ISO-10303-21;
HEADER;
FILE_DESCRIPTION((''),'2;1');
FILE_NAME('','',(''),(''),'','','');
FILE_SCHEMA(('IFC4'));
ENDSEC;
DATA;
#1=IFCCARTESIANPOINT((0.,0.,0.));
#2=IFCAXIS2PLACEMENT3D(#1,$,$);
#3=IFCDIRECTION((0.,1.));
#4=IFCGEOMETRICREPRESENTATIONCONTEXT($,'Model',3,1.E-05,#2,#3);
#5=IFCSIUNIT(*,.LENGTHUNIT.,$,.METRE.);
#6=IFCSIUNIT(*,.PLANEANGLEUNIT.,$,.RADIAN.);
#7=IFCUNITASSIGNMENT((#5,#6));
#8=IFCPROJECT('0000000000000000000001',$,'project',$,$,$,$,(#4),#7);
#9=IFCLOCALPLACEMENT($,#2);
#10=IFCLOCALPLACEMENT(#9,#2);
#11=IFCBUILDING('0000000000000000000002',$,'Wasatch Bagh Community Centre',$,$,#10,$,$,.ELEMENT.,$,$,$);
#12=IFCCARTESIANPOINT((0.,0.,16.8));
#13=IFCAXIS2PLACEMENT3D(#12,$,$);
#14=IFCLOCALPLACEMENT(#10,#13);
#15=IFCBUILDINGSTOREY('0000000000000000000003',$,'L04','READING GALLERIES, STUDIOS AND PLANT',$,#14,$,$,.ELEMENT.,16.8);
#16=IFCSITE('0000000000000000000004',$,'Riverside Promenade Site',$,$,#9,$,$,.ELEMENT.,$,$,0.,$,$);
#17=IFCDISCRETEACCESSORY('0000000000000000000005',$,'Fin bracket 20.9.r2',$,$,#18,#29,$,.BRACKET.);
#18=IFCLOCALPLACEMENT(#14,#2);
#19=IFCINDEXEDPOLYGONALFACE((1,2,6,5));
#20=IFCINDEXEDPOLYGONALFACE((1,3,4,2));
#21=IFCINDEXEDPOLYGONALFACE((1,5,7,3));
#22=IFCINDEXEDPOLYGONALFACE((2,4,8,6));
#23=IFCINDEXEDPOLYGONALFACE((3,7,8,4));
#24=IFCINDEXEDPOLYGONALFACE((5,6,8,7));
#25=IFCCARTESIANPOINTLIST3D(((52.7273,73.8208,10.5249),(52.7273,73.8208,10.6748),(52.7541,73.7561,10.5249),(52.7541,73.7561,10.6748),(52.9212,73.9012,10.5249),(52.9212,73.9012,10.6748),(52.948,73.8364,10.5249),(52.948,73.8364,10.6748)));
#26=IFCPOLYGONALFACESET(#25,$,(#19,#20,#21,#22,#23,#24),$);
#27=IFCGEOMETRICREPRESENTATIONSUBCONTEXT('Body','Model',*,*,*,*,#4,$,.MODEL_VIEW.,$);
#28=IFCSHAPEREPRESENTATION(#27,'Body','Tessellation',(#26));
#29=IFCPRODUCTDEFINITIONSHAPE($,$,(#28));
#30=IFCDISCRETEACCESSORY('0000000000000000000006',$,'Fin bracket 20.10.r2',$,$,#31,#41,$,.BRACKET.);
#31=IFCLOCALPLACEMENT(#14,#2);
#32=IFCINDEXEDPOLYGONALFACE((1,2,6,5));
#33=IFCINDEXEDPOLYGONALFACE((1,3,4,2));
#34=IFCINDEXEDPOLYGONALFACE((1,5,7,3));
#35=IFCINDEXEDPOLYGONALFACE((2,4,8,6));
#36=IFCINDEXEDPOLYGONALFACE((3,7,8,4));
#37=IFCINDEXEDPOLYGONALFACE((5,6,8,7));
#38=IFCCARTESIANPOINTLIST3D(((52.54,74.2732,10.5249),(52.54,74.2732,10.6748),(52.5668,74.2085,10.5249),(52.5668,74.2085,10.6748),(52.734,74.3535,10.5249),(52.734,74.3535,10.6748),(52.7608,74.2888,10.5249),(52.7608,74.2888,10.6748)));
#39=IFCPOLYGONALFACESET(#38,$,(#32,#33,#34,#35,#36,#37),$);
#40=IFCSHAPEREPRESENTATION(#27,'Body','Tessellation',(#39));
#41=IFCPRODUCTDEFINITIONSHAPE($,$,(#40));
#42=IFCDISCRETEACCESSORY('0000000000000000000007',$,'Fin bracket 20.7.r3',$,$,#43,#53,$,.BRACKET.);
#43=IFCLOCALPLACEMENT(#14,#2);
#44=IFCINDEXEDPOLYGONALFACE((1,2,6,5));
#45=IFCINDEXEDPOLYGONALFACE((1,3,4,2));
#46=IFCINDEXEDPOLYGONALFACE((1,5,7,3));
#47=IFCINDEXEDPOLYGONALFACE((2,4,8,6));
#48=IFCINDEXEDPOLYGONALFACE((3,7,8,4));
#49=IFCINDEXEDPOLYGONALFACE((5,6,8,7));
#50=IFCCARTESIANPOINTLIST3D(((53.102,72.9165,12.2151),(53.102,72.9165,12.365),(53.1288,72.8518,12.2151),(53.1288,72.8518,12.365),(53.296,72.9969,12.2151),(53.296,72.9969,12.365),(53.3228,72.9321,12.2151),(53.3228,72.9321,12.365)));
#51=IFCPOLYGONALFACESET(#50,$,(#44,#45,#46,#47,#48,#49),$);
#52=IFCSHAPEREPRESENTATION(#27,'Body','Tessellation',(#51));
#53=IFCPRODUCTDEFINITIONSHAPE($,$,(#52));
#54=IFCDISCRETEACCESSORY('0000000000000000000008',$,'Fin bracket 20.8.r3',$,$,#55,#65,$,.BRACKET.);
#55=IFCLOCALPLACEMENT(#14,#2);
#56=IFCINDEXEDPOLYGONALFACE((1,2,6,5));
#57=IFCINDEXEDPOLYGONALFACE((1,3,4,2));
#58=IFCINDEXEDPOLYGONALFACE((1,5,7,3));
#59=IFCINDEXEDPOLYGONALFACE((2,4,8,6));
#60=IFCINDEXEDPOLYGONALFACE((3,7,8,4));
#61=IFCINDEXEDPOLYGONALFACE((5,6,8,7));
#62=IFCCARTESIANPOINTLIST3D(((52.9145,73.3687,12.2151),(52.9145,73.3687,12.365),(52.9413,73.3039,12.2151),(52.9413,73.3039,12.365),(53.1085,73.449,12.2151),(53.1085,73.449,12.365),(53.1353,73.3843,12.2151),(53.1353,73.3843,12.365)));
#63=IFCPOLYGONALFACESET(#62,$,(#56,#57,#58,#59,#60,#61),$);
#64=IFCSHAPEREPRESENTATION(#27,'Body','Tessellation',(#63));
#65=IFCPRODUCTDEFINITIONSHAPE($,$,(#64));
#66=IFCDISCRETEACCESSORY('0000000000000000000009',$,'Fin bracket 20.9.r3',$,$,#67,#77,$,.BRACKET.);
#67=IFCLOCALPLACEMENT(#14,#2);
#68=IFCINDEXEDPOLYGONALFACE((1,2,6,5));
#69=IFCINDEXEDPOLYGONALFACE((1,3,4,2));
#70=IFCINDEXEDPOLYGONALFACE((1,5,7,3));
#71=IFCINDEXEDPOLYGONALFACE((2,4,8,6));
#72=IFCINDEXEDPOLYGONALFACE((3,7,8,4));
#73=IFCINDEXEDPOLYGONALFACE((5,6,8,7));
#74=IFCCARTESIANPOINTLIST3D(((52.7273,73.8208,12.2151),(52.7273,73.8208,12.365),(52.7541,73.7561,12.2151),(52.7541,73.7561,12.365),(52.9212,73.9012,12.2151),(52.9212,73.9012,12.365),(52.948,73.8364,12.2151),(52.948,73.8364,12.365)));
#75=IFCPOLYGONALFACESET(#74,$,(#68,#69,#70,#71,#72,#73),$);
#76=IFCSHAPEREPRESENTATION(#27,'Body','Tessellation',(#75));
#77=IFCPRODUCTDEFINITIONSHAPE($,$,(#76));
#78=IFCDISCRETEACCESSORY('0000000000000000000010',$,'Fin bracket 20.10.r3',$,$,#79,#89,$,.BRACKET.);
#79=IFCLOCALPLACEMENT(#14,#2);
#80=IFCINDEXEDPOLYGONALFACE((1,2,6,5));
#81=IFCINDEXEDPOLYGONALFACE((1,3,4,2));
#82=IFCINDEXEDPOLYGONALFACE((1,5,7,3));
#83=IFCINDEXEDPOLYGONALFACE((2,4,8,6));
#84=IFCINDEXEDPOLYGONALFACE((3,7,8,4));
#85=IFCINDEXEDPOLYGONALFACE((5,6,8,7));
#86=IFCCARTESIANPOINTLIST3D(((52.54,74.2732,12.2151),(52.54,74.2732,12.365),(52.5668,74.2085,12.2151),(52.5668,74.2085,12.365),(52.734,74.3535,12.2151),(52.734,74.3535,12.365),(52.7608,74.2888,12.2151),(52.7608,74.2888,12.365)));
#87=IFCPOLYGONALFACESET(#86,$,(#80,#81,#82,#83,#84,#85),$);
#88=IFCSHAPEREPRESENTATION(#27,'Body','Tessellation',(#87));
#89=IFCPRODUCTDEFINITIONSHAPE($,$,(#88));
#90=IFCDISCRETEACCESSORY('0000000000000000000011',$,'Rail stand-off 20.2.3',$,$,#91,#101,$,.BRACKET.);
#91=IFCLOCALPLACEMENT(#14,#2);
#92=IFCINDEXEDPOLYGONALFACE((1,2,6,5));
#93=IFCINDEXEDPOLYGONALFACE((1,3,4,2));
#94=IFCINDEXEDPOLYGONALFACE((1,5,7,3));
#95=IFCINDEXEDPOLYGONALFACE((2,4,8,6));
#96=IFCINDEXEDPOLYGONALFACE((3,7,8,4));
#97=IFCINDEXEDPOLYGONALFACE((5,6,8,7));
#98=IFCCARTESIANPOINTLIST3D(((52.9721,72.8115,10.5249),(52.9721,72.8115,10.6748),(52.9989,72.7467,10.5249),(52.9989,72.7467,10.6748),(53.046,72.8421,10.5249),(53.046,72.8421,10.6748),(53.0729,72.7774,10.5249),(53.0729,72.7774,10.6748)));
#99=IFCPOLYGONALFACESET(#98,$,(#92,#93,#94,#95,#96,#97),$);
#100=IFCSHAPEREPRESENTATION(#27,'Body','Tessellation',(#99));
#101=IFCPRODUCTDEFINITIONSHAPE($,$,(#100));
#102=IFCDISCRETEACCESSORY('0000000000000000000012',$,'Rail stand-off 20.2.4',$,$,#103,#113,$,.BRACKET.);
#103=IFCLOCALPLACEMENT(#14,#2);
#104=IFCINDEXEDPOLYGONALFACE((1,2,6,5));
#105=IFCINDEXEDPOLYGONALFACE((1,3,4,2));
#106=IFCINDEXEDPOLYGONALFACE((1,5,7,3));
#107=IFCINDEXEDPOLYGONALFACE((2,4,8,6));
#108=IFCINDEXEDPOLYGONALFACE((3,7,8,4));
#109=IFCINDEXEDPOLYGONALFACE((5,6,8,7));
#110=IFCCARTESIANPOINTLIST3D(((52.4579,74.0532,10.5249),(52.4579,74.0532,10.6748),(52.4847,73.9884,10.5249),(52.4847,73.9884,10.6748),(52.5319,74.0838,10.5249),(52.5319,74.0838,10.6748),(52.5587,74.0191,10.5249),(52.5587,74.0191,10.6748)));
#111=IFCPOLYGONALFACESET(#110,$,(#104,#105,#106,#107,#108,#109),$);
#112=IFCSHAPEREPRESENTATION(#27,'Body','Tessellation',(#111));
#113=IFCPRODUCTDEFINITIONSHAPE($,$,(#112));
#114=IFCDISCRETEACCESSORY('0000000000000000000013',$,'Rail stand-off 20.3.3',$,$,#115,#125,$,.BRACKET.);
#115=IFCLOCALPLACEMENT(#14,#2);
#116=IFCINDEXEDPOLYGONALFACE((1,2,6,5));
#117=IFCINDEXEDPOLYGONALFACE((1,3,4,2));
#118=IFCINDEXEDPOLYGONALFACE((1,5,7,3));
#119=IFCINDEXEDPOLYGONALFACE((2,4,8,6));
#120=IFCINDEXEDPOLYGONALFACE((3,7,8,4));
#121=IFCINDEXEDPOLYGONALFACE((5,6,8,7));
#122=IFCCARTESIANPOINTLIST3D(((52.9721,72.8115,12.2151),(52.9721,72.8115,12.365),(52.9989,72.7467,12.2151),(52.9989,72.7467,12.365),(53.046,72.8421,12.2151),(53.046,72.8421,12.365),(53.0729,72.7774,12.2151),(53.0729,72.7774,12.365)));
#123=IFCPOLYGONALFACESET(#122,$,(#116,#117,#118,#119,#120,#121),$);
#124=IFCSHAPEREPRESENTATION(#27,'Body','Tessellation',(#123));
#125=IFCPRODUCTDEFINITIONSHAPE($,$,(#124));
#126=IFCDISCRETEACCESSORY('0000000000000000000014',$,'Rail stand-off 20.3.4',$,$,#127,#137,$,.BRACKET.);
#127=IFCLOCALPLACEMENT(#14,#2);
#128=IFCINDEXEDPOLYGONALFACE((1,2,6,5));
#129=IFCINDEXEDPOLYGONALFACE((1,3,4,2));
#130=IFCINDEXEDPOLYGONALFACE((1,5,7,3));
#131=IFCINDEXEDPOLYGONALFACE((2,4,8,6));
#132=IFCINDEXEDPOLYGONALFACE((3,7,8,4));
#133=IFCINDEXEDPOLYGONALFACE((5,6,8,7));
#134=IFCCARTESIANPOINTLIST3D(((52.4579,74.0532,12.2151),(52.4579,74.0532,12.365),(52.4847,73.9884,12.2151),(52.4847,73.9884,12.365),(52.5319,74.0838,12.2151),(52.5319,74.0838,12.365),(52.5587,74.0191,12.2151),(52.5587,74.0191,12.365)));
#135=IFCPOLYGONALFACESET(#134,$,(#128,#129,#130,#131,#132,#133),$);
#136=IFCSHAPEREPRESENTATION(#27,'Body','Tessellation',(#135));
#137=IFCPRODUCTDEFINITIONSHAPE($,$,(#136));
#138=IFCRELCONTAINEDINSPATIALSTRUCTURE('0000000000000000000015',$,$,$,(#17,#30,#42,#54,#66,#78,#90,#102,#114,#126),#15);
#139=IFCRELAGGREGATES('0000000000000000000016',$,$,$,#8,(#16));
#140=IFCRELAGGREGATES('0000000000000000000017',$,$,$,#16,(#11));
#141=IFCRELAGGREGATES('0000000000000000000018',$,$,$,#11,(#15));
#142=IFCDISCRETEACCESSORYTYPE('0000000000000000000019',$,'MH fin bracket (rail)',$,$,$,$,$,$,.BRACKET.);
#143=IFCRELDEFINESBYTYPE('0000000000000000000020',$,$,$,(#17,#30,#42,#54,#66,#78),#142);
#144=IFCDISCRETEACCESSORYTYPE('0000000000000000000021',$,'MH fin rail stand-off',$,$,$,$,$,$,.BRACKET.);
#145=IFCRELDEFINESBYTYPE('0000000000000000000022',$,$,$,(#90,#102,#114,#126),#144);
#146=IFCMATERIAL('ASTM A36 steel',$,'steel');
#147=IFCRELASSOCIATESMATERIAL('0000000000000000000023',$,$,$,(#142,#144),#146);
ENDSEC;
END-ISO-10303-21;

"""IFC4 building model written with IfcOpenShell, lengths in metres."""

from ifc_helpers import new_model, si_unit, direction, frame, origin, origin_2d, place, context, subcontext, project, spatial, rectangle, extrude, material, type_object, element, save


model = new_model("IFC4")

# Units and contexts
model_context = context("Model", 3, precision=1e-05, world=origin(), true_north=direction((0.0, 1.0)))
body_context = subcontext(model_context, "Body", "Model", "MODEL_VIEW")
ifc_project = project(units=[si_unit("LENGTHUNIT", "METRE"), si_unit("PLANEANGLEUNIT", "RADIAN")], contexts=[model_context])

# Site, building, storey
site_placement = place(None, origin())
site = spatial("IfcSite", under=ifc_project, at=site_placement, Name="Riverside Promenade Site", CompositionType="ELEMENT", RefElevation=0.0)
building_placement = place(site_placement, origin())
building = spatial("IfcBuilding", under=site, at=building_placement, Name="Wasatch Bagh Community Centre", CompositionType="ELEMENT")
storey_placement = place(building_placement, frame((0.0, 0.0, 16.8)))
storey = spatial("IfcBuildingStorey", under=building, at=storey_placement, Name="L04", Description="READING GALLERIES, STUDIOS AND PLANT", CompositionType="ELEMENT", Elevation=16.8)

# Discrete accessories
ifc_material_1 = material(Name="ASTM A36 steel", Category="steel")
discrete_accessory_type_1 = type_object("IfcDiscreteAccessoryType", Name="MH fin bracket (rail)", PredefinedType="BRACKET", material=ifc_material_1)
for number, where, z_axis, x_axis, name in (
    (1, (52.8376, 73.8286, 10.5249), (0.0, 0.0, 1.0), (-0.382683, 0.92388, 0.0), "Fin bracket 20.9.r2"),
    (2, (52.6504, 74.281, 10.5249), (0.0, 0.0, 1.0), (-0.382683, 0.92388, 0.0), "Fin bracket 20.10.r2"),
    (3, (53.2124, 72.9243, 12.2151), (0.0, 0.0, 1.0), (-0.382683, 0.92388, 0.0), "Fin bracket 20.7.r3"),
    (4, (53.0249, 73.3765, 12.2151), (0.0, 0.0, 1.0), (-0.382683, 0.92388, 0.0), "Fin bracket 20.8.r3"),
    (5, (52.8376, 73.8286, 12.2151), (0.0, 0.0, 1.0), (-0.382683, 0.92388, 0.0), "Fin bracket 20.9.r3"),
    (6, (52.6504, 74.281, 12.2151), (0.0, 0.0, 1.0), (-0.382683, 0.92388, 0.0), "Fin bracket 20.10.r3"),
):
    element("IfcDiscreteAccessory", number, at=place(storey_placement, frame(where, z_axis=z_axis, x_axis=x_axis)), inside=storey, type_object=discrete_accessory_type_1, Name=name, PredefinedType="BRACKET", context=body_context, shape_type="SweptSolid", body=[
        extrude(rectangle(XDim=0.0701, YDim=0.21, at=origin_2d()), origin(), (0.0, 0.0, 1.0), 0.1499),
    ])
discrete_accessory_type_2 = type_object("IfcDiscreteAccessoryType", Name="MH fin rail stand-off", PredefinedType="BRACKET", material=ifc_material_1)
for number, where, z_axis, x_axis, name in (
    (7, (53.0225, 72.7944, 10.5249), (0.0, 0.0, 1.0), (-0.382683, 0.92388, 0.0), "Rail stand-off 20.2.3"),
    (8, (52.5083, 74.0361, 10.5249), (0.0, 0.0, 1.0), (-0.382683, 0.92388, 0.0), "Rail stand-off 20.2.4"),
    (9, (53.0225, 72.7944, 12.2151), (0.0, 0.0, 1.0), (-0.382683, 0.92388, 0.0), "Rail stand-off 20.3.3"),
    (10, (52.5083, 74.0361, 12.2151), (0.0, 0.0, 1.0), (-0.382683, 0.92388, 0.0), "Rail stand-off 20.3.4"),
):
    element("IfcDiscreteAccessory", number, at=place(storey_placement, frame(where, z_axis=z_axis, x_axis=x_axis)), inside=storey, type_object=discrete_accessory_type_2, Name=name, PredefinedType="BRACKET", context=body_context, shape_type="SweptSolid", body=[
        extrude(rectangle(XDim=0.0701, YDim=0.0801, at=origin_2d()), origin(), (0.0, 0.0, 1.0), 0.1499),
    ])

save(model, "model.ifc")
